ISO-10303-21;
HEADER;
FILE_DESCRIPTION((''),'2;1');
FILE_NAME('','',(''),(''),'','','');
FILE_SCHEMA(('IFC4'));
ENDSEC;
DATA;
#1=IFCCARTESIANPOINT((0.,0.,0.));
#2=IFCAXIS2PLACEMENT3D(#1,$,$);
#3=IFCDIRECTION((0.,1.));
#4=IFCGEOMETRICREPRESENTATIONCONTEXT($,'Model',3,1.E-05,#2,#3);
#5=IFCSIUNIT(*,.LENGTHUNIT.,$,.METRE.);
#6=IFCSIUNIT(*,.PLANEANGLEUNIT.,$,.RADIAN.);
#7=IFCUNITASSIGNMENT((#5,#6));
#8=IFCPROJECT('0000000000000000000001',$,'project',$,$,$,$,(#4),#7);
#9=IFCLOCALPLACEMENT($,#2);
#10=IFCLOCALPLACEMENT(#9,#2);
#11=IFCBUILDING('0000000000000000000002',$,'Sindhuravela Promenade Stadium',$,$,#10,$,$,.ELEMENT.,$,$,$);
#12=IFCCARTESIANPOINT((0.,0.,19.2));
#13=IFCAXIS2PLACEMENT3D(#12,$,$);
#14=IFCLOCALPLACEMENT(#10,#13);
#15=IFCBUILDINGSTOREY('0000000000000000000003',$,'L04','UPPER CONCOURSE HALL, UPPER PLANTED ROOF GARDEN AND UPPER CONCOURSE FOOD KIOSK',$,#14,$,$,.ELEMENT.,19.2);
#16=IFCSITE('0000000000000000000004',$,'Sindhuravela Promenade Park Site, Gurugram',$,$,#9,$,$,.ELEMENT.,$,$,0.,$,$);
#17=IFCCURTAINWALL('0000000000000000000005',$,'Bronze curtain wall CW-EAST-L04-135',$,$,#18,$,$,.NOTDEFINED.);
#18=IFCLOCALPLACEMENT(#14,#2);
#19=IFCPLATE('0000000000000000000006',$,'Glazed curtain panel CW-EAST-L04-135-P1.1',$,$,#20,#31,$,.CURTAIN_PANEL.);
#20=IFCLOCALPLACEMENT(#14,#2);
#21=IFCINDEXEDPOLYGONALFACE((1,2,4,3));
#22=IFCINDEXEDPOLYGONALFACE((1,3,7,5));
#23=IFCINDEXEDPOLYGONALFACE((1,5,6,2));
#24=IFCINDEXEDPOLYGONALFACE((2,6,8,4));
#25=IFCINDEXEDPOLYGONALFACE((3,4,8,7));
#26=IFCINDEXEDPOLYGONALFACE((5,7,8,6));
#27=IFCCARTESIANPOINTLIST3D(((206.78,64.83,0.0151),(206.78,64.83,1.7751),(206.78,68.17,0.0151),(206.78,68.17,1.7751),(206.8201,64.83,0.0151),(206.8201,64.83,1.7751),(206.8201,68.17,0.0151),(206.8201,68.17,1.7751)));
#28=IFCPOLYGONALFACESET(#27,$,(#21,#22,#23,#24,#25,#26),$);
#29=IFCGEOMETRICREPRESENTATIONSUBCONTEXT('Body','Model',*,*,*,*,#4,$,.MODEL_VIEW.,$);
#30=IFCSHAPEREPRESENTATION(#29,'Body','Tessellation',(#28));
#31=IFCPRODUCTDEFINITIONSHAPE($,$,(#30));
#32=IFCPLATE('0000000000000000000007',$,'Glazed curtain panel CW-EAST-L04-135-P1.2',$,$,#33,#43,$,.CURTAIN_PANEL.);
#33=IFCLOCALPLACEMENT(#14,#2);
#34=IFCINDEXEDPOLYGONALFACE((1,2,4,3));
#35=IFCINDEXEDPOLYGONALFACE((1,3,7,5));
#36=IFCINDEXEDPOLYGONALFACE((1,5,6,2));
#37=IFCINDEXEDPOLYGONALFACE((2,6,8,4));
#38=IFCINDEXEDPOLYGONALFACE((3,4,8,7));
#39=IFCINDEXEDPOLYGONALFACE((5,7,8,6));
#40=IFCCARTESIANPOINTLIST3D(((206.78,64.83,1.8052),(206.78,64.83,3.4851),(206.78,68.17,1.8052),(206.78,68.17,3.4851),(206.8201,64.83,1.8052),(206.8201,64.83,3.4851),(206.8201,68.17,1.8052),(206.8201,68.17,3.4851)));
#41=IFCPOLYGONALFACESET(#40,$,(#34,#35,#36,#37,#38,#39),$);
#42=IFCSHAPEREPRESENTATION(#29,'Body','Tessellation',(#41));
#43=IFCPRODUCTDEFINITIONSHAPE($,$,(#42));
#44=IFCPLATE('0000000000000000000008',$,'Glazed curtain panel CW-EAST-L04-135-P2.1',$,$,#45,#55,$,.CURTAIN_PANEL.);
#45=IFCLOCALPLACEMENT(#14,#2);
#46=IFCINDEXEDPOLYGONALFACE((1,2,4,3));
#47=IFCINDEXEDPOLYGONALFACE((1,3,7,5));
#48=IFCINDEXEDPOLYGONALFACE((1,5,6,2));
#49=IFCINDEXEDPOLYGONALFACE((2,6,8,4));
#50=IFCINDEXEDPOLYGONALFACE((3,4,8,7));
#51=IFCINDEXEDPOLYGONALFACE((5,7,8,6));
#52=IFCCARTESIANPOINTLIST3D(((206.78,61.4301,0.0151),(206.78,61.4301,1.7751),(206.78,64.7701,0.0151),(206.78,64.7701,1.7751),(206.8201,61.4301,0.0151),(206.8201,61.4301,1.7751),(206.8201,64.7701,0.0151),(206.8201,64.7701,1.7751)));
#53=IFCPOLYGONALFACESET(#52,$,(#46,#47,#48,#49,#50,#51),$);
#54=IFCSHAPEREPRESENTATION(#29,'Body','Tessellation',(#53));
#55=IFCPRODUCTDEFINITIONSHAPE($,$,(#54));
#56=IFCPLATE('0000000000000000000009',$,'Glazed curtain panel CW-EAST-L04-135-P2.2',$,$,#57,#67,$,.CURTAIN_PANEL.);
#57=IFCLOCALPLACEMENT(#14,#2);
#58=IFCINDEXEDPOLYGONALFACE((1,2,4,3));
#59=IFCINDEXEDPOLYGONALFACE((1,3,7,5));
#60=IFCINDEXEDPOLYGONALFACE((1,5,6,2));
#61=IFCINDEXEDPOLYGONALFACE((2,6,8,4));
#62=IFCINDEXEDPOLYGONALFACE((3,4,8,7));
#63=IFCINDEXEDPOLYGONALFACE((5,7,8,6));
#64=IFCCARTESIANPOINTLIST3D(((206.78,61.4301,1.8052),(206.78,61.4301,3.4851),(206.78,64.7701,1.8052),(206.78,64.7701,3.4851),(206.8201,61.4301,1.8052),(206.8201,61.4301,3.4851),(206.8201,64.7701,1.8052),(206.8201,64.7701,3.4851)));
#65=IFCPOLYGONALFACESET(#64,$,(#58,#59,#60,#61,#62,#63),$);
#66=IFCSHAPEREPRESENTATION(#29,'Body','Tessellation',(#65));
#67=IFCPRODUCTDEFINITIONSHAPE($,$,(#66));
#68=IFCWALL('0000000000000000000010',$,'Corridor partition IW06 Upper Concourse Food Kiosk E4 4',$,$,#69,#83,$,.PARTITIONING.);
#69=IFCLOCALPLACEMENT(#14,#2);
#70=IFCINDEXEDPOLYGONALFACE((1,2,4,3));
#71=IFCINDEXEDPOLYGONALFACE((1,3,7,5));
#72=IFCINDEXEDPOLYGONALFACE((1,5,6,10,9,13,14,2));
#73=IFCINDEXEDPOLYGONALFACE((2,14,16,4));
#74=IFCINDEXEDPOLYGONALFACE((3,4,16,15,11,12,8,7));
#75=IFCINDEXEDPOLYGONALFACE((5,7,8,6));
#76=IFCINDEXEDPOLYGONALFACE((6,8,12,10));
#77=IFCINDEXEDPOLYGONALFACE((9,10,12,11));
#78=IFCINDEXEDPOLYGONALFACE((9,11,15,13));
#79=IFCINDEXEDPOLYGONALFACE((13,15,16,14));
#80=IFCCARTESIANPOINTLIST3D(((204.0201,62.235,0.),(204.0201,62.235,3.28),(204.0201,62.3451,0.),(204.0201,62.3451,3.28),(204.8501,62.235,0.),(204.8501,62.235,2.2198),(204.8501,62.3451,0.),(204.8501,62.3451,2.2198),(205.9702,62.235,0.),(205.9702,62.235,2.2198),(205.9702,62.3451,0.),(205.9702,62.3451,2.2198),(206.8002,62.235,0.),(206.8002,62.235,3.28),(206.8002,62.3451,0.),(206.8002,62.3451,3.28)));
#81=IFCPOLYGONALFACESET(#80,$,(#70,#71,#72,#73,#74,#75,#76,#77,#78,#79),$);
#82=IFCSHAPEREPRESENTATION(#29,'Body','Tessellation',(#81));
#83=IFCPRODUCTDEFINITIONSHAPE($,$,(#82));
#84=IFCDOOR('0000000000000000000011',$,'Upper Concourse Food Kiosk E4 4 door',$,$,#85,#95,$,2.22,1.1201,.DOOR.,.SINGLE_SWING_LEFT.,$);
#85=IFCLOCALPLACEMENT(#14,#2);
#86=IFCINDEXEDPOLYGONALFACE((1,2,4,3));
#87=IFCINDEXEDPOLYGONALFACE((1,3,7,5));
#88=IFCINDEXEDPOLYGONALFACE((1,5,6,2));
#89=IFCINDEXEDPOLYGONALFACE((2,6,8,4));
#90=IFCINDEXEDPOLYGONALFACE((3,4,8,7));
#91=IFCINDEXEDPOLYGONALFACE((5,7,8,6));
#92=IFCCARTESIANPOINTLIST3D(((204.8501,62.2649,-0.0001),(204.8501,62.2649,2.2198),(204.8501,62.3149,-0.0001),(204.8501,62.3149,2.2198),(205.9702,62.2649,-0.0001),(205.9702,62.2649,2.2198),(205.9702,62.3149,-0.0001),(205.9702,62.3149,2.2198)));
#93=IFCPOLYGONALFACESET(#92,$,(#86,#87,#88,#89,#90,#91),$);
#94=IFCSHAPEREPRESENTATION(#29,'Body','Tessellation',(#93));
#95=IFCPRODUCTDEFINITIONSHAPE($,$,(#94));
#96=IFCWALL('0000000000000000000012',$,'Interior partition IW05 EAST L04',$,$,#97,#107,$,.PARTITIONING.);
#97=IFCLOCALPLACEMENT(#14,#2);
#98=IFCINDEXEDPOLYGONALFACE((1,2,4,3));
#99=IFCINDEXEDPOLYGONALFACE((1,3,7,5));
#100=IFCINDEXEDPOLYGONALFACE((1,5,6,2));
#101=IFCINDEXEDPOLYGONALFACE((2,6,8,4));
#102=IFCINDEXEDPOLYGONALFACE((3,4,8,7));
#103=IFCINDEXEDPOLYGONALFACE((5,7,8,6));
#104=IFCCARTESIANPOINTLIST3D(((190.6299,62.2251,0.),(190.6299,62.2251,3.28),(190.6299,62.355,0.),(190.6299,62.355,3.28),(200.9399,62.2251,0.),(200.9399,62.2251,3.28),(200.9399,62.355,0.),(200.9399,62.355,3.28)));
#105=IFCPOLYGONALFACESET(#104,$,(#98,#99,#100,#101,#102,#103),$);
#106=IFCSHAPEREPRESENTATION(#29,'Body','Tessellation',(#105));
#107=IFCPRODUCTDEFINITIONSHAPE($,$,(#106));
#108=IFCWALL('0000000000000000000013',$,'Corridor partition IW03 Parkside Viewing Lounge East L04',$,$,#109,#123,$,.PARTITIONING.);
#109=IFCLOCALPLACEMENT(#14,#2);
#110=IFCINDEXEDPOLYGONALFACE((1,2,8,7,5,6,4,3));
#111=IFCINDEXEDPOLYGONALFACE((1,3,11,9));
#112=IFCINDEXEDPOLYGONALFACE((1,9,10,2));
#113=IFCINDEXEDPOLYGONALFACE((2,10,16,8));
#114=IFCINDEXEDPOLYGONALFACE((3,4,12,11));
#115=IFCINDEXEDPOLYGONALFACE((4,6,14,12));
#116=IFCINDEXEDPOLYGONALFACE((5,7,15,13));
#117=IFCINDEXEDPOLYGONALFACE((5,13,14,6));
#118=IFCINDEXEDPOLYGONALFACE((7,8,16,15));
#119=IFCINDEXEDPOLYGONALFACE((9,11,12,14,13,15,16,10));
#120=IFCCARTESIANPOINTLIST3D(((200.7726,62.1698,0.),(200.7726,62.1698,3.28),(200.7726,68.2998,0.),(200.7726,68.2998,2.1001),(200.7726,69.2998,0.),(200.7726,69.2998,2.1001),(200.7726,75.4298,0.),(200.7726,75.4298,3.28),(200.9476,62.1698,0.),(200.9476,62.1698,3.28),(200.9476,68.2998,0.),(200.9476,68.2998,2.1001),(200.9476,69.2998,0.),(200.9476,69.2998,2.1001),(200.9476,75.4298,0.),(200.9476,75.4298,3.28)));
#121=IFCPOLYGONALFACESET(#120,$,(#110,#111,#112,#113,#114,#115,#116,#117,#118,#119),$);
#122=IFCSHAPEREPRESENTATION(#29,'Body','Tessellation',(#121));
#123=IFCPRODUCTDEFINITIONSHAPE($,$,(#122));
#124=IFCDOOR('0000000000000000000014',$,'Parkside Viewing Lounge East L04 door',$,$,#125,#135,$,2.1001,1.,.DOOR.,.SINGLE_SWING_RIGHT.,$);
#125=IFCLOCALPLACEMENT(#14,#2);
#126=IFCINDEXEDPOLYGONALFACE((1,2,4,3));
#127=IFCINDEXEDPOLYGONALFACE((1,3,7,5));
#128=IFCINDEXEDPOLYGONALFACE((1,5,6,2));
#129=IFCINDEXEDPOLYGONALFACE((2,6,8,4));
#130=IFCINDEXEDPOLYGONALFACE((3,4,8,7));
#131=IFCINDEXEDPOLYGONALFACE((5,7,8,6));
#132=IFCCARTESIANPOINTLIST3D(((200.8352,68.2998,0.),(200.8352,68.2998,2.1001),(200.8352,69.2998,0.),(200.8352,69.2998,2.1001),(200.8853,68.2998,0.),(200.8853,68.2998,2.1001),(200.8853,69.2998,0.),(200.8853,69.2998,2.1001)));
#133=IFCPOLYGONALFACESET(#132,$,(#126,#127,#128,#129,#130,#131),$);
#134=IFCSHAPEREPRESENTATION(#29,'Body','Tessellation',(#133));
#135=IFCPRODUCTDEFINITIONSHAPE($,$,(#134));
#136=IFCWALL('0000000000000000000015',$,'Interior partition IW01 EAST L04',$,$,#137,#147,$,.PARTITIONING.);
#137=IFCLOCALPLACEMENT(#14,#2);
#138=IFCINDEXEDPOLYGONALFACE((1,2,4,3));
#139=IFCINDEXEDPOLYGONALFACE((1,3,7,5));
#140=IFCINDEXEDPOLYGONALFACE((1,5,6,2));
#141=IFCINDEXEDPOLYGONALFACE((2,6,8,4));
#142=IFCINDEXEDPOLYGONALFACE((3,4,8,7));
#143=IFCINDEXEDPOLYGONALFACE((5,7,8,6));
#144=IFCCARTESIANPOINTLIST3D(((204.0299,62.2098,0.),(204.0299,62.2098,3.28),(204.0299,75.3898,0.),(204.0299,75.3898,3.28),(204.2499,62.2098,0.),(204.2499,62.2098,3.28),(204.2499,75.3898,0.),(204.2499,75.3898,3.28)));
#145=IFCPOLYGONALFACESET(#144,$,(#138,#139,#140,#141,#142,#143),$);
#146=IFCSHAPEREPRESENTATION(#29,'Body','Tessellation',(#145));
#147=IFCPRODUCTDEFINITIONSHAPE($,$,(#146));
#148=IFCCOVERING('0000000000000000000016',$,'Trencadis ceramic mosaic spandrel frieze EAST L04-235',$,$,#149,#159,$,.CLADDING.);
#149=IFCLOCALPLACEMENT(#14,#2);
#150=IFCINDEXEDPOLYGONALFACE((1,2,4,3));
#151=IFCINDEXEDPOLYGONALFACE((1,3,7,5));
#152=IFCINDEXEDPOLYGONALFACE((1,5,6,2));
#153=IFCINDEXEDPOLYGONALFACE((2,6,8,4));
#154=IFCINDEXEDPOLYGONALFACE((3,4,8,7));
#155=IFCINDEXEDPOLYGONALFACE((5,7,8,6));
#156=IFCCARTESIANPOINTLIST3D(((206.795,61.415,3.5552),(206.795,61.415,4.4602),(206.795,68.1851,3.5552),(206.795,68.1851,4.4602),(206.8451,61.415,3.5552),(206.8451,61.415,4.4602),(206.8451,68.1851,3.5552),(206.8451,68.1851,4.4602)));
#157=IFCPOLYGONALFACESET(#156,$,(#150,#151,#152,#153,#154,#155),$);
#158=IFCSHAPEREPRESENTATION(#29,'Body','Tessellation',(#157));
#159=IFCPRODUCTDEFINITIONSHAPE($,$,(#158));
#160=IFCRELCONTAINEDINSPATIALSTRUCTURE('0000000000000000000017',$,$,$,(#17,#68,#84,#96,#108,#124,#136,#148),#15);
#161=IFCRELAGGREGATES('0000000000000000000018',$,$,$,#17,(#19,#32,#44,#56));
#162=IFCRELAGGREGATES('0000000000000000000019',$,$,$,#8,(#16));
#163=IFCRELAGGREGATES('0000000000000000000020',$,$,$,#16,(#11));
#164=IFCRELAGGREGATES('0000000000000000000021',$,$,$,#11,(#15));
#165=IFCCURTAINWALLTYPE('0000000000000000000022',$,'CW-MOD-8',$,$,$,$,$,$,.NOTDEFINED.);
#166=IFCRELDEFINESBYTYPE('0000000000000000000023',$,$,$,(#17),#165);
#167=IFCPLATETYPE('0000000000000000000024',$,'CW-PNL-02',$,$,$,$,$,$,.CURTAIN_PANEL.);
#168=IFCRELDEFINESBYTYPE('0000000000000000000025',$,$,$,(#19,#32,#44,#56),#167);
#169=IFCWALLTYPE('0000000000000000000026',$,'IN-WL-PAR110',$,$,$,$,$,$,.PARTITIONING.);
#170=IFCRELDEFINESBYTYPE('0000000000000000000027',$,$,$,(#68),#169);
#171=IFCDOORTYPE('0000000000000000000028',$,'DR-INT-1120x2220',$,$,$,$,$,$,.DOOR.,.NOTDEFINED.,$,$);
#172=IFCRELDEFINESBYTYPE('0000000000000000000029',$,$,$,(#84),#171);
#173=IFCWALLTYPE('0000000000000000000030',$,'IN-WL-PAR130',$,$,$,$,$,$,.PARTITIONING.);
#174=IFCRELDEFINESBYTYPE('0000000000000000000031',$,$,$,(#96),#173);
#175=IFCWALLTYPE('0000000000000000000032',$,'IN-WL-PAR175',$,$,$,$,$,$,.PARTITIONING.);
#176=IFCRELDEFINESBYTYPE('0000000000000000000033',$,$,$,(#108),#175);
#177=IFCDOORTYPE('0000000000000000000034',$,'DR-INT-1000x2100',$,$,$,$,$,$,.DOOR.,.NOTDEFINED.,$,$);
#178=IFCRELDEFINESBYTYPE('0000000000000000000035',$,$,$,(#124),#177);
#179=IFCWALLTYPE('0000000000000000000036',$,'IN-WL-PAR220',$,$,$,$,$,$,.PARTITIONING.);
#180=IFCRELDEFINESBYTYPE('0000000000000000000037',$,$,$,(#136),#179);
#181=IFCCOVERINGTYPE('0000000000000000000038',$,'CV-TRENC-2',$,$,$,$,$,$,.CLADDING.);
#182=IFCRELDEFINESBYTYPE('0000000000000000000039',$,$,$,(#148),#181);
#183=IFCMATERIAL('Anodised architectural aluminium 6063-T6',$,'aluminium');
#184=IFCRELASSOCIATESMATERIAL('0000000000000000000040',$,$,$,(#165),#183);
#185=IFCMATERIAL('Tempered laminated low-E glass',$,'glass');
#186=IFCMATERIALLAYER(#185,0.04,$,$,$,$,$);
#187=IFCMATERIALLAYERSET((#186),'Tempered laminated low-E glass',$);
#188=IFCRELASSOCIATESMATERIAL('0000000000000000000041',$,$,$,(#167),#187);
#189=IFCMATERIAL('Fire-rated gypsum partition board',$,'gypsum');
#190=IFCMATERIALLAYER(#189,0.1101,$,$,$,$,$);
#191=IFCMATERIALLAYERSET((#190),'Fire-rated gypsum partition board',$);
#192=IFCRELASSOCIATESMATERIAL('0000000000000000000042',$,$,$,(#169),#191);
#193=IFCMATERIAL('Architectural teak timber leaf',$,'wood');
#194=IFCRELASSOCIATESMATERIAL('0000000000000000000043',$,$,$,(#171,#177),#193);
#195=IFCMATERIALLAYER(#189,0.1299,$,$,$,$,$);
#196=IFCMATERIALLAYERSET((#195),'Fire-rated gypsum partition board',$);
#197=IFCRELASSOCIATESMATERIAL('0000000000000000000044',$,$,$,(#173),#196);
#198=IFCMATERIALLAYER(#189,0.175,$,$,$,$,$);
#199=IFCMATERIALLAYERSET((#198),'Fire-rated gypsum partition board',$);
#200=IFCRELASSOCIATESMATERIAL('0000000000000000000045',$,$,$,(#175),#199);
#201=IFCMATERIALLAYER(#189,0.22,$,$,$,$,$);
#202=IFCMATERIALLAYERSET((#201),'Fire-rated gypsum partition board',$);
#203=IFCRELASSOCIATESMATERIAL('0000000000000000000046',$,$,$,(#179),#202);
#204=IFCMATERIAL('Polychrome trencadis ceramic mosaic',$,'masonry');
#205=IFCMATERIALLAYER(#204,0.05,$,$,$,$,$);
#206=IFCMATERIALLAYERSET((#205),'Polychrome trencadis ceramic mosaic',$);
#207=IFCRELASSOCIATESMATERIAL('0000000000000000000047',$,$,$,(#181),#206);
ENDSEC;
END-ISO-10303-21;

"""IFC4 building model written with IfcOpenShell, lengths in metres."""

from ifc_helpers import new_model, si_unit, direction, frame, frame_2d, origin, origin_2d, place, context, subcontext, project, spatial, rectangle, extrude, material, layer, layer_set, type_object, element, fill, aggregate, save


model = new_model("IFC4")

# Units and contexts
model_context = context("Model", 3, precision=1e-05, world=origin(), true_north=direction((0.0, 1.0)))
body_context = subcontext(model_context, "Body", "Model", "MODEL_VIEW")
ifc_project = project(units=[si_unit("LENGTHUNIT", "METRE"), si_unit("PLANEANGLEUNIT", "RADIAN")], contexts=[model_context])

# Site, building, storey
site_placement = place(None, origin())
site = spatial("IfcSite", under=ifc_project, at=site_placement, Name="Sindhuravela Promenade Park Site, Gurugram", CompositionType="ELEMENT", RefElevation=0.0)
building_placement = place(site_placement, origin())
building = spatial("IfcBuilding", under=site, at=building_placement, Name="Sindhuravela Promenade Stadium", CompositionType="ELEMENT")
storey_placement = place(building_placement, frame((0.0, 0.0, 19.2)))
storey = spatial("IfcBuildingStorey", under=building, at=storey_placement, Name="L04", Description="UPPER CONCOURSE HALL, UPPER PLANTED ROOF GARDEN AND UPPER CONCOURSE FOOD KIOSK", CompositionType="ELEMENT", Elevation=19.2)

# Shared definitions
ifc_material_1 = material(Name="Anodised architectural aluminium 6063-T6", Category="aluminium")

# Curtain wall
curtain_wall_type_1 = type_object("IfcCurtainWallType", Name="CW-MOD-8", PredefinedType="NOTDEFINED", material=ifc_material_1)
curtain_wall_1_placement = place(storey_placement, origin())
curtain_wall_1 = element("IfcCurtainWall", 1, at=curtain_wall_1_placement, inside=storey, type_object=curtain_wall_type_1, Name="Bronze curtain wall CW-EAST-L04-135", PredefinedType="NOTDEFINED")

# Plates
ifc_material_2 = material(Name="Tempered laminated low-E glass", Category="glass")
ifc_layer_1 = layer(ifc_material_2, 0.04)
ifc_layer_set_1 = layer_set([ifc_layer_1], Name="Tempered laminated low-E glass")
plate_type = type_object("IfcPlateType", Name="CW-PNL-02", PredefinedType="CURTAIN_PANEL", material=ifc_layer_set_1)
plate_1_placement = place(storey_placement, frame((206.8, 66.5, 0.0151), z_axis=(0.0, 0.0, 1.0), x_axis=(0.0, -1.0, 0.0)))
plate_1 = element("IfcPlate", 2, at=plate_1_placement, type_object=plate_type, Name="Glazed curtain panel CW-EAST-L04-135-P1.1", PredefinedType="CURTAIN_PANEL", context=body_context, shape_type="SweptSolid", body=[
    extrude(rectangle(XDim=3.3401, YDim=0.04, at=origin_2d()), origin(), (0.0, 0.0, 1.0), 1.76),
])
plate_2_placement = place(storey_placement, frame((206.8, 66.5, 1.8052), z_axis=(0.0, 0.0, 1.0), x_axis=(0.0, -1.0, 0.0)))
plate_2 = element("IfcPlate", 3, at=plate_2_placement, type_object=plate_type, Name="Glazed curtain panel CW-EAST-L04-135-P1.2", PredefinedType="CURTAIN_PANEL", context=body_context, shape_type="SweptSolid", body=[
    extrude(rectangle(XDim=3.3401, YDim=0.04, at=origin_2d()), origin(), (0.0, 0.0, 1.0), 1.6799),
])
plate_3_placement = place(storey_placement, frame((206.8, 63.1001, 0.0151), z_axis=(0.0, 0.0, 1.0), x_axis=(0.0, -1.0, 0.0)))
plate_3 = element("IfcPlate", 4, at=plate_3_placement, type_object=plate_type, Name="Glazed curtain panel CW-EAST-L04-135-P2.1", PredefinedType="CURTAIN_PANEL", context=body_context, shape_type="SweptSolid", body=[
    extrude(rectangle(XDim=3.3401, YDim=0.04, at=origin_2d()), origin(), (0.0, 0.0, 1.0), 1.76),
])
plate_4_placement = place(storey_placement, frame((206.8, 63.1001, 1.8052), z_axis=(0.0, 0.0, 1.0), x_axis=(0.0, -1.0, 0.0)))
plate_4 = element("IfcPlate", 5, at=plate_4_placement, type_object=plate_type, Name="Glazed curtain panel CW-EAST-L04-135-P2.2", PredefinedType="CURTAIN_PANEL", context=body_context, shape_type="SweptSolid", body=[
    extrude(rectangle(XDim=3.3401, YDim=0.04, at=origin_2d()), origin(), (0.0, 0.0, 1.0), 1.6799),
])
aggregate(curtain_wall_1, [plate_1, plate_2, plate_3, plate_4])

# Wall, opening, door
ifc_material_3 = material(Name="Fire-rated gypsum partition board", Category="gypsum")
ifc_layer_2 = layer(ifc_material_3, 0.1101)
ifc_layer_set_2 = layer_set([ifc_layer_2], Name="Fire-rated gypsum partition board")
wall_type_1 = type_object("IfcWallType", Name="IN-WL-PAR110", PredefinedType="PARTITIONING", material=ifc_layer_set_2)
wall_1_placement = place(storey_placement, frame((204.02, 62.29, 0.0), z_axis=(0.0, 0.0, 1.0), x_axis=(1.0, 0.0, 0.0)))
wall_1 = element("IfcWall", 6, at=wall_1_placement, inside=storey, type_object=wall_type_1, Name="Corridor partition IW06 Upper Concourse Food Kiosk E4 4", PredefinedType="PARTITIONING", context=body_context, shape_type="SweptSolid", body=[
    extrude(rectangle(XDim=2.78, YDim=0.1101, at=frame_2d((1.3901, 0.0))), origin(), (0.0, 0.0, 1.0), 3.28),
])
opening_1_placement = place(wall_1_placement, frame((0.8301, 0.0, 0.0)))
opening_1 = element("IfcOpeningElement", 7, at=opening_1_placement, cuts=wall_1, PredefinedType="OPENING", context=body_context, shape_type="SweptSolid", body=[
    extrude(rectangle(XDim=1.1201, YDim=2.22, at=frame_2d((0.5601, 1.1099))), frame((0.0, 0.0649, 0.0), z_axis=(0.0, -1.0, 0.0), x_axis=(1.0, 0.0, 0.0)), (0.0, 0.0, 1.0), 0.1301),
])
ifc_material_4 = material(Name="Architectural teak timber leaf", Category="wood")
door_type_1 = type_object("IfcDoorType", Name="DR-INT-1120x2220", OperationType="NOTDEFINED", PredefinedType="DOOR", material=ifc_material_4)
door_1_placement = place(opening_1_placement, origin())
door_1 = element("IfcDoor", 8, at=door_1_placement, inside=storey, type_object=door_type_1, Name="Upper Concourse Food Kiosk E4 4 door", OperationType="SINGLE_SWING_LEFT", OverallHeight=2.22, OverallWidth=1.1201, PredefinedType="DOOR", context=body_context, shape_type="SweptSolid", body=[
    extrude(rectangle(XDim=1.1201, YDim=2.22, at=frame_2d((0.5601, 1.1099))), frame((0.0, 0.0249, 0.0), z_axis=(0.0, -1.0, 0.0), x_axis=(1.0, 0.0, 0.0)), (0.0, 0.0, 1.0), 0.05),
])
fill(opening_1, door_1)

# Wall
ifc_layer_3 = layer(ifc_material_3, 0.1299)
ifc_layer_set_3 = layer_set([ifc_layer_3], Name="Fire-rated gypsum partition board")
wall_type_2 = type_object("IfcWallType", Name="IN-WL-PAR130", PredefinedType="PARTITIONING", material=ifc_layer_set_3)
wall_2_placement = place(storey_placement, frame((200.9399, 62.29, 0.0), z_axis=(0.0, 0.0, 1.0), x_axis=(-1.0, 0.0, 0.0)))
element("IfcWall", 9, at=wall_2_placement, inside=storey, type_object=wall_type_2, Name="Interior partition IW05 EAST L04", PredefinedType="PARTITIONING", context=body_context, shape_type="SweptSolid", body=[
    extrude(rectangle(XDim=10.3101, YDim=0.1299, at=frame_2d((5.155, 0.0))), origin(), (0.0, 0.0, 1.0), 3.28),
])

# Wall, opening, door
ifc_layer_4 = layer(ifc_material_3, 0.175)
ifc_layer_set_4 = layer_set([ifc_layer_4], Name="Fire-rated gypsum partition board")
wall_type_3 = type_object("IfcWallType", Name="IN-WL-PAR175", PredefinedType="PARTITIONING", material=ifc_layer_set_4)
wall_3_placement = place(storey_placement, frame((200.8601, 62.1699, 0.0), z_axis=(0.0, 0.0, 1.0), x_axis=(0.0, 1.0, 0.0)))
wall_3 = element("IfcWall", 10, at=wall_3_placement, inside=storey, type_object=wall_type_3, Name="Corridor partition IW03 Parkside Viewing Lounge East L04", PredefinedType="PARTITIONING", context=body_context, shape_type="SweptSolid", body=[
    extrude(rectangle(XDim=13.26, YDim=0.175, at=frame_2d((6.6299, 0.0))), origin(), (0.0, 0.0, 1.0), 3.28),
])
opening_2_placement = place(wall_3_placement, frame((6.1299, 0.0, 0.0)))
opening_2 = element("IfcOpeningElement", 11, at=opening_2_placement, cuts=wall_3, PredefinedType="OPENING", context=body_context, shape_type="SweptSolid", body=[
    extrude(rectangle(XDim=1.0, YDim=2.1001, at=frame_2d((0.5, 1.05))), frame((0.0, 0.0974, 0.0), z_axis=(0.0, -1.0, 0.0), x_axis=(1.0, 0.0, 0.0)), (0.0, 0.0, 1.0), 0.1951),
])
door_type_2 = type_object("IfcDoorType", Name="DR-INT-1000x2100", OperationType="NOTDEFINED", PredefinedType="DOOR", material=ifc_material_4)
door_2_placement = place(opening_2_placement, origin())
door_2 = element("IfcDoor", 12, at=door_2_placement, inside=storey, type_object=door_type_2, Name="Parkside Viewing Lounge East L04 door", OperationType="SINGLE_SWING_RIGHT", OverallHeight=2.1001, OverallWidth=1.0, PredefinedType="DOOR", context=body_context, shape_type="SweptSolid", body=[
    extrude(rectangle(XDim=1.0, YDim=2.1001, at=frame_2d((0.5, 1.05))), frame((0.0, 0.0249, 0.0), z_axis=(0.0, -1.0, 0.0), x_axis=(1.0, 0.0, 0.0)), (0.0, 0.0, 1.0), 0.05),
])
fill(opening_2, door_2)

# Wall
ifc_layer_5 = layer(ifc_material_3, 0.22)
ifc_layer_set_5 = layer_set([ifc_layer_5], Name="Fire-rated gypsum partition board")
wall_type_4 = type_object("IfcWallType", Name="IN-WL-PAR220", PredefinedType="PARTITIONING", material=ifc_layer_set_5)
wall_4_placement = place(storey_placement, frame((204.1399, 62.21, 0.0), z_axis=(0.0, 0.0, 1.0), x_axis=(0.0, 1.0, 0.0)))
element("IfcWall", 13, at=wall_4_placement, inside=storey, type_object=wall_type_4, Name="Interior partition IW01 EAST L04", PredefinedType="PARTITIONING", context=body_context, shape_type="SweptSolid", body=[
    extrude(rectangle(XDim=13.1799, YDim=0.22, at=frame_2d((6.5898, 0.0))), origin(), (0.0, 0.0, 1.0), 3.28),
])

# Covering
ifc_material_5 = material(Name="Polychrome trencadis ceramic mosaic", Category="masonry")
ifc_layer_6 = layer(ifc_material_5, 0.05)
ifc_layer_set_6 = layer_set([ifc_layer_6], Name="Polychrome trencadis ceramic mosaic")
covering_type = type_object("IfcCoveringType", Name="CV-TRENC-2", PredefinedType="CLADDING", material=ifc_layer_set_6)
covering_placement = place(storey_placement, frame((206.8201, 64.8, 3.5552), z_axis=(0.0, 0.0, 1.0), x_axis=(0.0, -1.0, 0.0)))
element("IfcCovering", 14, at=covering_placement, inside=storey, type_object=covering_type, Name="Trencadis ceramic mosaic spandrel frieze EAST L04-235", PredefinedType="CLADDING", context=body_context, shape_type="SweptSolid", body=[
    extrude(rectangle(XDim=6.77, YDim=0.05, at=origin_2d()), origin(), (0.0, 0.0, 1.0), 0.905),
])

save(model, "model.ifc")
